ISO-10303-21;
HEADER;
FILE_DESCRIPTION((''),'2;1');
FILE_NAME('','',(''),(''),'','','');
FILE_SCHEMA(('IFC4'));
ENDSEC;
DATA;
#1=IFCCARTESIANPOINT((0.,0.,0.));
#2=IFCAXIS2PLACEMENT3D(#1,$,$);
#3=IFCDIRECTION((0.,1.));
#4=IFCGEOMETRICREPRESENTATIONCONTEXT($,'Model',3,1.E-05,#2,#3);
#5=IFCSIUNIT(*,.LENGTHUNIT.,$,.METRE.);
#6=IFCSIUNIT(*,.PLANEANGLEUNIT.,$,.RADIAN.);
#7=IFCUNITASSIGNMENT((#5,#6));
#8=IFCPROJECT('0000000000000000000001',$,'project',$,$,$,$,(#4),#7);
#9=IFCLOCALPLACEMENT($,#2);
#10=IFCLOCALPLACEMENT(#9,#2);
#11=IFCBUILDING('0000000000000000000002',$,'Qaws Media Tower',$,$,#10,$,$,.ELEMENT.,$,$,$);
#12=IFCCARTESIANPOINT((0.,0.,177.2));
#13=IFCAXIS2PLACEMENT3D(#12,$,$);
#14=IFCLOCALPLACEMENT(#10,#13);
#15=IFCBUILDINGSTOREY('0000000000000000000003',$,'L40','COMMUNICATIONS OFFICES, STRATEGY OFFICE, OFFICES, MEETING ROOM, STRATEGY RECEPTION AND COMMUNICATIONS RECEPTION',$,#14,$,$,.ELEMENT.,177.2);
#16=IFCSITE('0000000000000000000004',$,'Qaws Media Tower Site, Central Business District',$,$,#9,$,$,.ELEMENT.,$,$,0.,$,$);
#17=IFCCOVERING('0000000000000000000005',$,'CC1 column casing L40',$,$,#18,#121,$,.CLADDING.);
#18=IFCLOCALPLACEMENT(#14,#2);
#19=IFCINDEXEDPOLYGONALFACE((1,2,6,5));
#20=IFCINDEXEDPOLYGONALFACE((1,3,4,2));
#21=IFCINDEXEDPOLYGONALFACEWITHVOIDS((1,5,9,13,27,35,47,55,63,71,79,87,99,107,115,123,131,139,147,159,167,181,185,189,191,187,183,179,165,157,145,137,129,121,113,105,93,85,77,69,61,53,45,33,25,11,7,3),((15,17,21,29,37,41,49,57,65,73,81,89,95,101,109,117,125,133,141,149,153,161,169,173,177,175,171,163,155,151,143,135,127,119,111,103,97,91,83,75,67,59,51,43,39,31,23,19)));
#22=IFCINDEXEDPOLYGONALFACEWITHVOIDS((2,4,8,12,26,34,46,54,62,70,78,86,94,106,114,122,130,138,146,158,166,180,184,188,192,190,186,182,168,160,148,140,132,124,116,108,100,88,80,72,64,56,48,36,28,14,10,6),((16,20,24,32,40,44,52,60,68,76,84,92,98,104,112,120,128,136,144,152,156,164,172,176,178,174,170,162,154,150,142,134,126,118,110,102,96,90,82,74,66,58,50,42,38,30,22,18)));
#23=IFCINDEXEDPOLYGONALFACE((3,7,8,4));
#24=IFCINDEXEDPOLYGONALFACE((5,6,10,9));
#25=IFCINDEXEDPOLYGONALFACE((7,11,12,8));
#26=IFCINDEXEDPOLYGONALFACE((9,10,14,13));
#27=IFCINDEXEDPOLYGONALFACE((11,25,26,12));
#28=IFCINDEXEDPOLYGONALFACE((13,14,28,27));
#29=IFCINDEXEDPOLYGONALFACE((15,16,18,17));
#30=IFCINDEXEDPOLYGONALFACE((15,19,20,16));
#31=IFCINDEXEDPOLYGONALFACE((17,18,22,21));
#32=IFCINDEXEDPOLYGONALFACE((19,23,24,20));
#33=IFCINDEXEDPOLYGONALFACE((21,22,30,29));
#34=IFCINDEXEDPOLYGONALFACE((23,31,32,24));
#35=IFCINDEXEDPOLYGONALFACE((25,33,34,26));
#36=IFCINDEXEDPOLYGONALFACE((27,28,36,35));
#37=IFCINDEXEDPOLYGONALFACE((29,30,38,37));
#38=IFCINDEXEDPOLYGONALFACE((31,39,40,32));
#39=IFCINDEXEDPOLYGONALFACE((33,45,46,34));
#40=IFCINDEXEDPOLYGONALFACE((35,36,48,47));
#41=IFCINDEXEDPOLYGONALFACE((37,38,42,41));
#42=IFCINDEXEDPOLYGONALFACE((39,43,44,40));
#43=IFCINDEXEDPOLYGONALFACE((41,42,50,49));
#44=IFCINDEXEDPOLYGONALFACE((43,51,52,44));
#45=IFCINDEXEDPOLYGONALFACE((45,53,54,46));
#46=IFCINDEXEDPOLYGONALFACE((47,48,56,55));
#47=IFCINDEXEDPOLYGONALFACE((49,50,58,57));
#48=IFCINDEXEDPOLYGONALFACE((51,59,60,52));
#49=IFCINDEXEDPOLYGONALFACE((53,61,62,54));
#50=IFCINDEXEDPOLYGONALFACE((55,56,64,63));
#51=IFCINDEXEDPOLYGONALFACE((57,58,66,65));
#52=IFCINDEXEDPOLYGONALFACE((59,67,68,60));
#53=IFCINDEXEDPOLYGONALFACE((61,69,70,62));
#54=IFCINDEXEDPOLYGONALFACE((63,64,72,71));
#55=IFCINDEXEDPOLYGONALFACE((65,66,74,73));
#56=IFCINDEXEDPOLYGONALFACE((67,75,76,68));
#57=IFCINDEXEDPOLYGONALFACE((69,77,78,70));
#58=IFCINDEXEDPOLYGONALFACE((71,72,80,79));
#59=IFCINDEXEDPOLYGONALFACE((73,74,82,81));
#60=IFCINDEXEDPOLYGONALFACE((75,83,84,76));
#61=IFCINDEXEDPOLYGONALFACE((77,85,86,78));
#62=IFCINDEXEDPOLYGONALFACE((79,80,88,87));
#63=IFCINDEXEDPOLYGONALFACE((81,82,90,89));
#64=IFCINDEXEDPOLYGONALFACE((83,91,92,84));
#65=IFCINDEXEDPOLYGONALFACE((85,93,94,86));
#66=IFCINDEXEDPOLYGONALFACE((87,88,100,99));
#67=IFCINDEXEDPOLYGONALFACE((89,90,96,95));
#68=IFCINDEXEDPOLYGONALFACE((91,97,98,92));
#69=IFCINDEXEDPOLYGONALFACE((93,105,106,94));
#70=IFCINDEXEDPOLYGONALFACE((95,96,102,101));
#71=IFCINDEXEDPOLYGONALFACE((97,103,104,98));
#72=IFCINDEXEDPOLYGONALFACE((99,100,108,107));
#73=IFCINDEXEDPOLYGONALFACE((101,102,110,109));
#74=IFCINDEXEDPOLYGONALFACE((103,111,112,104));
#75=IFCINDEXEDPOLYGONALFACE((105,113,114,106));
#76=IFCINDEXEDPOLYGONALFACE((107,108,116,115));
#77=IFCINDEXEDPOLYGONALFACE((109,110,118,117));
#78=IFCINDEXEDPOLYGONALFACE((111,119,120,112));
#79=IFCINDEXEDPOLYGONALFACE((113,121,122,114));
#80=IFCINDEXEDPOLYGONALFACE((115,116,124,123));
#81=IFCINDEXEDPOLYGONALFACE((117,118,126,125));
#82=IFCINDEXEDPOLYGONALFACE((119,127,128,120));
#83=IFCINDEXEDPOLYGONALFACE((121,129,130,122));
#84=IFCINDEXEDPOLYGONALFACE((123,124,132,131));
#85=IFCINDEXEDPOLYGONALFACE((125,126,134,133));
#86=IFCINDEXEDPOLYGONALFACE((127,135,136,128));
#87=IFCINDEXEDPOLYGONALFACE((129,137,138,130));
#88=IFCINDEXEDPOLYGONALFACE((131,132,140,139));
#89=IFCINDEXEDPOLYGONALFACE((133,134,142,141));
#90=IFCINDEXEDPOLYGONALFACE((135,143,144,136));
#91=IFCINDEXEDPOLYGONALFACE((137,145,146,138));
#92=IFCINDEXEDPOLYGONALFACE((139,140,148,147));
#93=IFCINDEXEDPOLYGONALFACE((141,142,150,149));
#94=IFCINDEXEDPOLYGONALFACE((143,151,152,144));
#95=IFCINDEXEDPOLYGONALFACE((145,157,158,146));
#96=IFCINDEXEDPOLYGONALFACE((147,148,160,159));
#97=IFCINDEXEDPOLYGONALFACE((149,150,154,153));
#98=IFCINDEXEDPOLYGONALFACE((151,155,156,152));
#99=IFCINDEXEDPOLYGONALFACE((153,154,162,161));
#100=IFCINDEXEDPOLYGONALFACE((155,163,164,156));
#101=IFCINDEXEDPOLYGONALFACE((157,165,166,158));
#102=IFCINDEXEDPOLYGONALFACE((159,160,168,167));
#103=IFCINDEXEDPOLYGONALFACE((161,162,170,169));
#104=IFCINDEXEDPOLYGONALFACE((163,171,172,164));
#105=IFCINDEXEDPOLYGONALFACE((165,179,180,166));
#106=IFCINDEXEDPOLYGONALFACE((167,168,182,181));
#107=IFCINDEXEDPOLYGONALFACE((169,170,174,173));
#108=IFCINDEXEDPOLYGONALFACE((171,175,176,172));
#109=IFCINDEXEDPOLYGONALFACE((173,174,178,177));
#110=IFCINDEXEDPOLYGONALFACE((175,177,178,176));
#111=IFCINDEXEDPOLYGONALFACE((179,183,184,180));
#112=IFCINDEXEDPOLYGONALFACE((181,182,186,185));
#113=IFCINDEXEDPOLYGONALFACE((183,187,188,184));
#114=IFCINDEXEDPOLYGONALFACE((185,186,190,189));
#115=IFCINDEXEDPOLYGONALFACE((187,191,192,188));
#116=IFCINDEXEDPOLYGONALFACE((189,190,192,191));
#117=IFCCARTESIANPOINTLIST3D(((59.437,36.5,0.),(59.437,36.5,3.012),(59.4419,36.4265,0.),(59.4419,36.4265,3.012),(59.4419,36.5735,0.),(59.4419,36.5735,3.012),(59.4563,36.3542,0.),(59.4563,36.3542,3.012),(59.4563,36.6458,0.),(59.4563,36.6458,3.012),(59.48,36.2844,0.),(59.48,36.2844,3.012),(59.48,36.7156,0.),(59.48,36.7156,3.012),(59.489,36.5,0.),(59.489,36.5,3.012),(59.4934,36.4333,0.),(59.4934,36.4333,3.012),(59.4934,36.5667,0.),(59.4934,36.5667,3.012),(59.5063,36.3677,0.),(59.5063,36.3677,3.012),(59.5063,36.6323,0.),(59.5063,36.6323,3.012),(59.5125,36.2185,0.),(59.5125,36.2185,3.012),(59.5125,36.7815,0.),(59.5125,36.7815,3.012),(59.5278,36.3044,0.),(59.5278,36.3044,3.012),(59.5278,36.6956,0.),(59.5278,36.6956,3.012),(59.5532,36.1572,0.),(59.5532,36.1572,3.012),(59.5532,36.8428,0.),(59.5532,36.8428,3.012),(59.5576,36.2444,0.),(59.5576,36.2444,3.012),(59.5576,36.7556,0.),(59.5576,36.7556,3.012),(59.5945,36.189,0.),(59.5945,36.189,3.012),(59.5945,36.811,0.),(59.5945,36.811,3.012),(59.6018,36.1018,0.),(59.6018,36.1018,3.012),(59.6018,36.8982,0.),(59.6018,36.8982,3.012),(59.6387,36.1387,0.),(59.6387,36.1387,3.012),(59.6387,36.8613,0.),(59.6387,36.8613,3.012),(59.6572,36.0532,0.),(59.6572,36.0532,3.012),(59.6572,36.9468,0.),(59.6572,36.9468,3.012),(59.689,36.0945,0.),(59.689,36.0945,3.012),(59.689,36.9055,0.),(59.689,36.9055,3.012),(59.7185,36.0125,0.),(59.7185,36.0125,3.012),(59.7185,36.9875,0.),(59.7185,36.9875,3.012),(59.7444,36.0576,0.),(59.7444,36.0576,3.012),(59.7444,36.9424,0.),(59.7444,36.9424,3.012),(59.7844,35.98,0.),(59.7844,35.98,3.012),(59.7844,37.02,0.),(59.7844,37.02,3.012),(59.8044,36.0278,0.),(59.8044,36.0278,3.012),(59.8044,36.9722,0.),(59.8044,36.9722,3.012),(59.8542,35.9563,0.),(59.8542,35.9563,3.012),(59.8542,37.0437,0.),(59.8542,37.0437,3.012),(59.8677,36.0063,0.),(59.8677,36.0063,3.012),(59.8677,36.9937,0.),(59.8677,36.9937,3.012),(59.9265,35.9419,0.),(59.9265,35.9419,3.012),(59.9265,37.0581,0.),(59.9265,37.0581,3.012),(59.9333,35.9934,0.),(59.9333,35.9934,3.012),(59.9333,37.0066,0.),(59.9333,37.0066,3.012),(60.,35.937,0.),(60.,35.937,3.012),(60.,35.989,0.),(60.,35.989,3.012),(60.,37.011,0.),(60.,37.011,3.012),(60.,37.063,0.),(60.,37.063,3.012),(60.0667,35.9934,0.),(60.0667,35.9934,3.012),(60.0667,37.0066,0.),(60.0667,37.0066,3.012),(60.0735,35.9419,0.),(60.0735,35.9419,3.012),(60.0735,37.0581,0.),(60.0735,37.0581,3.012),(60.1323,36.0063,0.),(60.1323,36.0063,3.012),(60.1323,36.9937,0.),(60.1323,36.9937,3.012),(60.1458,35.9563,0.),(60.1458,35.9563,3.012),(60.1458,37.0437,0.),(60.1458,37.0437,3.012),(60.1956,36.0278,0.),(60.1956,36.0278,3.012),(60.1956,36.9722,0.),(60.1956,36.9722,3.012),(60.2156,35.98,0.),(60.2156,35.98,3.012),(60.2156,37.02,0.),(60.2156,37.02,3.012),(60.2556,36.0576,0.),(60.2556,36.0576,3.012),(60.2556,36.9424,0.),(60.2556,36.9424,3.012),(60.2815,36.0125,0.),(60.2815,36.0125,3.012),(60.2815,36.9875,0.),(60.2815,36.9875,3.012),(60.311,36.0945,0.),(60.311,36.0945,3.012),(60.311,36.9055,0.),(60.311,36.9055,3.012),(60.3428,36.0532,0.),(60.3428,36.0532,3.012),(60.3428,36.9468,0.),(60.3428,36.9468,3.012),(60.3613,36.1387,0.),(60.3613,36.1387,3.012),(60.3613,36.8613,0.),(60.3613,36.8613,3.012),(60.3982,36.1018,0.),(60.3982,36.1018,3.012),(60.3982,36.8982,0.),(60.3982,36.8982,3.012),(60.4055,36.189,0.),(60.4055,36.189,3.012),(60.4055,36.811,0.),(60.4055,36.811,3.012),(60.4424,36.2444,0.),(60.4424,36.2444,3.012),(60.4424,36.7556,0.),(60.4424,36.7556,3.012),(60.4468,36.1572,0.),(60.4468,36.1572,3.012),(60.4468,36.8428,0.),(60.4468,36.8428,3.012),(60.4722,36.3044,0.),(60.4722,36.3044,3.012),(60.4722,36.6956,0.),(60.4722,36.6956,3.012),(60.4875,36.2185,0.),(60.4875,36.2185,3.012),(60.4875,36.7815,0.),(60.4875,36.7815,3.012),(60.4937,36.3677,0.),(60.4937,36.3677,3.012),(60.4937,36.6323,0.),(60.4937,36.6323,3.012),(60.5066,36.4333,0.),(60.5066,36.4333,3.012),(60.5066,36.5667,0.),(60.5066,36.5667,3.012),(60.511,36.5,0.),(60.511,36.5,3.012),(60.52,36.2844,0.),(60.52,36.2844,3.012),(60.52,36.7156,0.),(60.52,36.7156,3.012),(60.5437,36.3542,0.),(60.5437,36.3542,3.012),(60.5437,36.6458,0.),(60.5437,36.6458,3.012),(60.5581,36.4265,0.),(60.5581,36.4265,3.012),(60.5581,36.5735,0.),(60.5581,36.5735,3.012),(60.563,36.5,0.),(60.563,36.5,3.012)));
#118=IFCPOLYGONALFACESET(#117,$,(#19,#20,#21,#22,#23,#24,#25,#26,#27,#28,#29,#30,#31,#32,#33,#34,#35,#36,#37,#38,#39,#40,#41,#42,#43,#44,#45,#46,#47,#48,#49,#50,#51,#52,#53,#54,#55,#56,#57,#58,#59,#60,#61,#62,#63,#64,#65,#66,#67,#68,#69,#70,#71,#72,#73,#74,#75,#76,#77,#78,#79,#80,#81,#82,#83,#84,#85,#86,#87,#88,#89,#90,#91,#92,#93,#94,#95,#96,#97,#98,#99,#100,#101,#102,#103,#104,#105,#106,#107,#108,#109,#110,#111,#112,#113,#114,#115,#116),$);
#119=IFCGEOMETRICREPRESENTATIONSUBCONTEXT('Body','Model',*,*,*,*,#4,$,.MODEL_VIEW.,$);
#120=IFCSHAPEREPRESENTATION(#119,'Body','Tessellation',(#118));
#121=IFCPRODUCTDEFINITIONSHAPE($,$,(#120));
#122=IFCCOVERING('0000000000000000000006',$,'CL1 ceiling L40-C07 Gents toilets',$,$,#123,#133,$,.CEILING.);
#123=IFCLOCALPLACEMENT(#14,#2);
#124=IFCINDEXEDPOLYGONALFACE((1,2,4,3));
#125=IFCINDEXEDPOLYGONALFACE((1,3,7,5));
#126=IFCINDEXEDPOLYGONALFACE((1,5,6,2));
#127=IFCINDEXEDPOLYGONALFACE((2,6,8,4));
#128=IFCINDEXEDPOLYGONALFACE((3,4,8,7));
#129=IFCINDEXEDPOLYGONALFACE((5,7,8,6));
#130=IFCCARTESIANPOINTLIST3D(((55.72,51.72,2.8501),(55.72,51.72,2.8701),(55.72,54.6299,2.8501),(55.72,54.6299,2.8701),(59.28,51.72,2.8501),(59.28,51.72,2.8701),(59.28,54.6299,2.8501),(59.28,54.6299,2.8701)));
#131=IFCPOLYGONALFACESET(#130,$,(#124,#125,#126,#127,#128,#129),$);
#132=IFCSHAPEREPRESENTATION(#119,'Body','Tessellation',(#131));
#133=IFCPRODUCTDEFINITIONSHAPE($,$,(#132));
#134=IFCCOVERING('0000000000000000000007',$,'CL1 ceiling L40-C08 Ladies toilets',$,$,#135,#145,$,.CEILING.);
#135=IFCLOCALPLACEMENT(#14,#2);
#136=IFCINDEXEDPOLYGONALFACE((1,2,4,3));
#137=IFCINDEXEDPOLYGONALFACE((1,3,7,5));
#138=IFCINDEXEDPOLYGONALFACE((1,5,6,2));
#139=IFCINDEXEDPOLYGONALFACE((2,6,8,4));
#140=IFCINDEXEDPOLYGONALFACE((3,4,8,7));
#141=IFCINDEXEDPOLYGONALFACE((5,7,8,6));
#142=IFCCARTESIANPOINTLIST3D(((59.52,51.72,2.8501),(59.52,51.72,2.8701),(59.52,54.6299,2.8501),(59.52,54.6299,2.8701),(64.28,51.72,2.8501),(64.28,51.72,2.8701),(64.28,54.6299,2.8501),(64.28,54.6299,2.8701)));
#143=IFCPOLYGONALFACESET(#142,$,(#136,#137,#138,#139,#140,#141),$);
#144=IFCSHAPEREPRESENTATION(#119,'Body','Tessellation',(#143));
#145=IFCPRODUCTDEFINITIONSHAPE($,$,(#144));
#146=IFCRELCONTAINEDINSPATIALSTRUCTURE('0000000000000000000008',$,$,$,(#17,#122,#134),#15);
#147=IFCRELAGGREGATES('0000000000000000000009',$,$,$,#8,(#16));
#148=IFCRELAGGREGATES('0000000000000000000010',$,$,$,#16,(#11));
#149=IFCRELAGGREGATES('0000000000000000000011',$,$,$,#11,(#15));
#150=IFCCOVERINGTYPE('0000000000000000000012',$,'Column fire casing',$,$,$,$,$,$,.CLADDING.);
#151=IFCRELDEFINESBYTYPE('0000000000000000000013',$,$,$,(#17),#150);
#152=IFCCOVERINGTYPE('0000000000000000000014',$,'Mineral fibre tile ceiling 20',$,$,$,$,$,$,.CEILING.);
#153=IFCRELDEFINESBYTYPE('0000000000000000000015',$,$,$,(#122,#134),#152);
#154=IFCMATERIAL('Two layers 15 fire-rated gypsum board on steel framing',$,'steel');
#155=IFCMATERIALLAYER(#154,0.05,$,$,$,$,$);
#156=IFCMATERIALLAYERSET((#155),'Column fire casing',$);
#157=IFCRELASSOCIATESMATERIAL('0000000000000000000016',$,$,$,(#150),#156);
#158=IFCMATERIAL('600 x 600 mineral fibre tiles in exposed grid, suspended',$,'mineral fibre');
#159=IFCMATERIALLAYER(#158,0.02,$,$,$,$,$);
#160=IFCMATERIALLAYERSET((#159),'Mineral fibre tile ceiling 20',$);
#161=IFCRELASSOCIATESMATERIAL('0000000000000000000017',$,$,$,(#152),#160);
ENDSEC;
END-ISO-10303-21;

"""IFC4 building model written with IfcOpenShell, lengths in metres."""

from ifc_helpers import new_model, si_unit, direction, frame, origin, place, context, subcontext, project, spatial, polyline, outline, extrude, material, layer, layer_set, type_object, element, save


model = new_model("IFC4")

# Units and contexts
model_context = context("Model", 3, precision=1e-05, world=origin(), true_north=direction((0.0, 1.0)))
body_context = subcontext(model_context, "Body", "Model", "MODEL_VIEW")
ifc_project = project(units=[si_unit("LENGTHUNIT", "METRE"), si_unit("PLANEANGLEUNIT", "RADIAN")], contexts=[model_context])

# Site, building, storey
site_placement = place(None, origin())
site = spatial("IfcSite", under=ifc_project, at=site_placement, Name="Qaws Media Tower Site, Central Business District", CompositionType="ELEMENT", RefElevation=0.0)
building_placement = place(site_placement, origin())
building = spatial("IfcBuilding", under=site, at=building_placement, Name="Qaws Media Tower", CompositionType="ELEMENT")
storey_placement = place(building_placement, frame((0.0, 0.0, 177.2)))
storey = spatial("IfcBuildingStorey", under=building, at=storey_placement, Name="L40", Description="COMMUNICATIONS OFFICES, STRATEGY OFFICE, OFFICES, MEETING ROOM, STRATEGY RECEPTION AND COMMUNICATIONS RECEPTION", CompositionType="ELEMENT", Elevation=177.2)

# Coverings
ifc_material_1 = material(Name="Two layers 15 fire-rated gypsum board on steel framing", Category="steel")
ifc_layer_1 = layer(ifc_material_1, 0.05)
ifc_layer_set_1 = layer_set([ifc_layer_1], Name="Column fire casing")
covering_type_1 = type_object("IfcCoveringType", Name="Column fire casing", PredefinedType="CLADDING", material=ifc_layer_set_1)
covering_1_placement = place(storey_placement, origin())
element("IfcCovering", 1, at=covering_1_placement, inside=storey, type_object=covering_type_1, Name="CC1 column casing L40", PredefinedType="CLADDING", context=body_context, shape_type="SweptSolid", body=[
    extrude(outline(polyline([(60.563, 36.5), (60.5581, 36.4265), (60.5437, 36.3542), (60.52, 36.2844), (60.4875, 36.2185), (60.4468, 36.1572), (60.3982, 36.1018), (60.3428, 36.0532), (60.2815, 36.0125), (60.2156, 35.98), (60.1458, 35.9563), (60.0735, 35.9419), (60.0, 35.937), (59.9265, 35.9419), (59.8542, 35.9563), (59.7844, 35.98), (59.7185, 36.0125), (59.6572, 36.0532), (59.6018, 36.1018), (59.5532, 36.1572), (59.5125, 36.2185), (59.48, 36.2844), (59.4563, 36.3542), (59.4419, 36.4265), (59.437, 36.5), (59.4419, 36.5735), (59.4563, 36.6458), (59.48, 36.7156), (59.5125, 36.7815), (59.5532, 36.8428), (59.6018, 36.8982), (59.6572, 36.9468), (59.7185, 36.9875), (59.7844, 37.02), (59.8542, 37.0437), (59.9265, 37.0581), (60.0, 37.063), (60.0735, 37.0581), (60.1458, 37.0437), (60.2156, 37.02), (60.2815, 36.9875), (60.3428, 36.9468), (60.3982, 36.8982), (60.4468, 36.8428), (60.4875, 36.7815), (60.52, 36.7156), (60.5437, 36.6458), (60.5581, 36.5735), (60.563, 36.5)]), holes=[polyline([(60.511, 36.5), (60.5066, 36.4333), (60.4937, 36.3677), (60.4722, 36.3044), (60.4424, 36.2444), (60.4055, 36.189), (60.3613, 36.1387), (60.311, 36.0945), (60.2556, 36.0576), (60.1956, 36.0278), (60.1323, 36.0063), (60.0667, 35.9934), (60.0, 35.989), (59.9333, 35.9934), (59.8677, 36.0063), (59.8044, 36.0278), (59.7444, 36.0576), (59.689, 36.0945), (59.6387, 36.1387), (59.5945, 36.189), (59.5576, 36.2444), (59.5278, 36.3044), (59.5063, 36.3677), (59.4934, 36.4333), (59.489, 36.5), (59.4934, 36.5667), (59.5063, 36.6323), (59.5278, 36.6956), (59.5576, 36.7556), (59.5945, 36.811), (59.6387, 36.8613), (59.689, 36.9055), (59.7444, 36.9424), (59.8044, 36.9722), (59.8677, 36.9937), (59.9333, 37.0066), (60.0, 37.011), (60.0667, 37.0066), (60.1323, 36.9937), (60.1956, 36.9722), (60.2556, 36.9424), (60.311, 36.9055), (60.3613, 36.8613), (60.4055, 36.811), (60.4424, 36.7556), (60.4722, 36.6956), (60.4937, 36.6323), (60.5066, 36.5667), (60.511, 36.5)])]), origin(), (0.0, 0.0, 1.0), 3.012),
])
ifc_material_2 = material(Name="600 x 600 mineral fibre tiles in exposed grid, suspended", Category="mineral fibre")
ifc_layer_2 = layer(ifc_material_2, 0.02)
ifc_layer_set_2 = layer_set([ifc_layer_2], Name="Mineral fibre tile ceiling 20")
covering_type_2 = type_object("IfcCoveringType", Name="Mineral fibre tile ceiling 20", PredefinedType="CEILING", material=ifc_layer_set_2)
covering_2_placement = place(storey_placement, frame((0.0, 0.0, 2.8501)))
element("IfcCovering", 2, at=covering_2_placement, inside=storey, type_object=covering_type_2, Name="CL1 ceiling L40-C07 Gents toilets", PredefinedType="CEILING", context=body_context, shape_type="SweptSolid", body=[
    extrude(outline(polyline([(55.72, 51.72), (55.72, 54.6299), (59.28, 54.6299), (59.28, 51.72), (55.72, 51.72)])), origin(), (0.0, 0.0, 1.0), 0.02),
])
covering_3_placement = place(storey_placement, frame((0.0, 0.0, 2.8501)))
element("IfcCovering", 3, at=covering_3_placement, inside=storey, type_object=covering_type_2, Name="CL1 ceiling L40-C08 Ladies toilets", PredefinedType="CEILING", context=body_context, shape_type="SweptSolid", body=[
    extrude(outline(polyline([(59.52, 51.72), (59.52, 54.6299), (64.28, 54.6299), (64.28, 51.72), (59.52, 51.72)])), origin(), (0.0, 0.0, 1.0), 0.02),
])

save(model, "model.ifc")
